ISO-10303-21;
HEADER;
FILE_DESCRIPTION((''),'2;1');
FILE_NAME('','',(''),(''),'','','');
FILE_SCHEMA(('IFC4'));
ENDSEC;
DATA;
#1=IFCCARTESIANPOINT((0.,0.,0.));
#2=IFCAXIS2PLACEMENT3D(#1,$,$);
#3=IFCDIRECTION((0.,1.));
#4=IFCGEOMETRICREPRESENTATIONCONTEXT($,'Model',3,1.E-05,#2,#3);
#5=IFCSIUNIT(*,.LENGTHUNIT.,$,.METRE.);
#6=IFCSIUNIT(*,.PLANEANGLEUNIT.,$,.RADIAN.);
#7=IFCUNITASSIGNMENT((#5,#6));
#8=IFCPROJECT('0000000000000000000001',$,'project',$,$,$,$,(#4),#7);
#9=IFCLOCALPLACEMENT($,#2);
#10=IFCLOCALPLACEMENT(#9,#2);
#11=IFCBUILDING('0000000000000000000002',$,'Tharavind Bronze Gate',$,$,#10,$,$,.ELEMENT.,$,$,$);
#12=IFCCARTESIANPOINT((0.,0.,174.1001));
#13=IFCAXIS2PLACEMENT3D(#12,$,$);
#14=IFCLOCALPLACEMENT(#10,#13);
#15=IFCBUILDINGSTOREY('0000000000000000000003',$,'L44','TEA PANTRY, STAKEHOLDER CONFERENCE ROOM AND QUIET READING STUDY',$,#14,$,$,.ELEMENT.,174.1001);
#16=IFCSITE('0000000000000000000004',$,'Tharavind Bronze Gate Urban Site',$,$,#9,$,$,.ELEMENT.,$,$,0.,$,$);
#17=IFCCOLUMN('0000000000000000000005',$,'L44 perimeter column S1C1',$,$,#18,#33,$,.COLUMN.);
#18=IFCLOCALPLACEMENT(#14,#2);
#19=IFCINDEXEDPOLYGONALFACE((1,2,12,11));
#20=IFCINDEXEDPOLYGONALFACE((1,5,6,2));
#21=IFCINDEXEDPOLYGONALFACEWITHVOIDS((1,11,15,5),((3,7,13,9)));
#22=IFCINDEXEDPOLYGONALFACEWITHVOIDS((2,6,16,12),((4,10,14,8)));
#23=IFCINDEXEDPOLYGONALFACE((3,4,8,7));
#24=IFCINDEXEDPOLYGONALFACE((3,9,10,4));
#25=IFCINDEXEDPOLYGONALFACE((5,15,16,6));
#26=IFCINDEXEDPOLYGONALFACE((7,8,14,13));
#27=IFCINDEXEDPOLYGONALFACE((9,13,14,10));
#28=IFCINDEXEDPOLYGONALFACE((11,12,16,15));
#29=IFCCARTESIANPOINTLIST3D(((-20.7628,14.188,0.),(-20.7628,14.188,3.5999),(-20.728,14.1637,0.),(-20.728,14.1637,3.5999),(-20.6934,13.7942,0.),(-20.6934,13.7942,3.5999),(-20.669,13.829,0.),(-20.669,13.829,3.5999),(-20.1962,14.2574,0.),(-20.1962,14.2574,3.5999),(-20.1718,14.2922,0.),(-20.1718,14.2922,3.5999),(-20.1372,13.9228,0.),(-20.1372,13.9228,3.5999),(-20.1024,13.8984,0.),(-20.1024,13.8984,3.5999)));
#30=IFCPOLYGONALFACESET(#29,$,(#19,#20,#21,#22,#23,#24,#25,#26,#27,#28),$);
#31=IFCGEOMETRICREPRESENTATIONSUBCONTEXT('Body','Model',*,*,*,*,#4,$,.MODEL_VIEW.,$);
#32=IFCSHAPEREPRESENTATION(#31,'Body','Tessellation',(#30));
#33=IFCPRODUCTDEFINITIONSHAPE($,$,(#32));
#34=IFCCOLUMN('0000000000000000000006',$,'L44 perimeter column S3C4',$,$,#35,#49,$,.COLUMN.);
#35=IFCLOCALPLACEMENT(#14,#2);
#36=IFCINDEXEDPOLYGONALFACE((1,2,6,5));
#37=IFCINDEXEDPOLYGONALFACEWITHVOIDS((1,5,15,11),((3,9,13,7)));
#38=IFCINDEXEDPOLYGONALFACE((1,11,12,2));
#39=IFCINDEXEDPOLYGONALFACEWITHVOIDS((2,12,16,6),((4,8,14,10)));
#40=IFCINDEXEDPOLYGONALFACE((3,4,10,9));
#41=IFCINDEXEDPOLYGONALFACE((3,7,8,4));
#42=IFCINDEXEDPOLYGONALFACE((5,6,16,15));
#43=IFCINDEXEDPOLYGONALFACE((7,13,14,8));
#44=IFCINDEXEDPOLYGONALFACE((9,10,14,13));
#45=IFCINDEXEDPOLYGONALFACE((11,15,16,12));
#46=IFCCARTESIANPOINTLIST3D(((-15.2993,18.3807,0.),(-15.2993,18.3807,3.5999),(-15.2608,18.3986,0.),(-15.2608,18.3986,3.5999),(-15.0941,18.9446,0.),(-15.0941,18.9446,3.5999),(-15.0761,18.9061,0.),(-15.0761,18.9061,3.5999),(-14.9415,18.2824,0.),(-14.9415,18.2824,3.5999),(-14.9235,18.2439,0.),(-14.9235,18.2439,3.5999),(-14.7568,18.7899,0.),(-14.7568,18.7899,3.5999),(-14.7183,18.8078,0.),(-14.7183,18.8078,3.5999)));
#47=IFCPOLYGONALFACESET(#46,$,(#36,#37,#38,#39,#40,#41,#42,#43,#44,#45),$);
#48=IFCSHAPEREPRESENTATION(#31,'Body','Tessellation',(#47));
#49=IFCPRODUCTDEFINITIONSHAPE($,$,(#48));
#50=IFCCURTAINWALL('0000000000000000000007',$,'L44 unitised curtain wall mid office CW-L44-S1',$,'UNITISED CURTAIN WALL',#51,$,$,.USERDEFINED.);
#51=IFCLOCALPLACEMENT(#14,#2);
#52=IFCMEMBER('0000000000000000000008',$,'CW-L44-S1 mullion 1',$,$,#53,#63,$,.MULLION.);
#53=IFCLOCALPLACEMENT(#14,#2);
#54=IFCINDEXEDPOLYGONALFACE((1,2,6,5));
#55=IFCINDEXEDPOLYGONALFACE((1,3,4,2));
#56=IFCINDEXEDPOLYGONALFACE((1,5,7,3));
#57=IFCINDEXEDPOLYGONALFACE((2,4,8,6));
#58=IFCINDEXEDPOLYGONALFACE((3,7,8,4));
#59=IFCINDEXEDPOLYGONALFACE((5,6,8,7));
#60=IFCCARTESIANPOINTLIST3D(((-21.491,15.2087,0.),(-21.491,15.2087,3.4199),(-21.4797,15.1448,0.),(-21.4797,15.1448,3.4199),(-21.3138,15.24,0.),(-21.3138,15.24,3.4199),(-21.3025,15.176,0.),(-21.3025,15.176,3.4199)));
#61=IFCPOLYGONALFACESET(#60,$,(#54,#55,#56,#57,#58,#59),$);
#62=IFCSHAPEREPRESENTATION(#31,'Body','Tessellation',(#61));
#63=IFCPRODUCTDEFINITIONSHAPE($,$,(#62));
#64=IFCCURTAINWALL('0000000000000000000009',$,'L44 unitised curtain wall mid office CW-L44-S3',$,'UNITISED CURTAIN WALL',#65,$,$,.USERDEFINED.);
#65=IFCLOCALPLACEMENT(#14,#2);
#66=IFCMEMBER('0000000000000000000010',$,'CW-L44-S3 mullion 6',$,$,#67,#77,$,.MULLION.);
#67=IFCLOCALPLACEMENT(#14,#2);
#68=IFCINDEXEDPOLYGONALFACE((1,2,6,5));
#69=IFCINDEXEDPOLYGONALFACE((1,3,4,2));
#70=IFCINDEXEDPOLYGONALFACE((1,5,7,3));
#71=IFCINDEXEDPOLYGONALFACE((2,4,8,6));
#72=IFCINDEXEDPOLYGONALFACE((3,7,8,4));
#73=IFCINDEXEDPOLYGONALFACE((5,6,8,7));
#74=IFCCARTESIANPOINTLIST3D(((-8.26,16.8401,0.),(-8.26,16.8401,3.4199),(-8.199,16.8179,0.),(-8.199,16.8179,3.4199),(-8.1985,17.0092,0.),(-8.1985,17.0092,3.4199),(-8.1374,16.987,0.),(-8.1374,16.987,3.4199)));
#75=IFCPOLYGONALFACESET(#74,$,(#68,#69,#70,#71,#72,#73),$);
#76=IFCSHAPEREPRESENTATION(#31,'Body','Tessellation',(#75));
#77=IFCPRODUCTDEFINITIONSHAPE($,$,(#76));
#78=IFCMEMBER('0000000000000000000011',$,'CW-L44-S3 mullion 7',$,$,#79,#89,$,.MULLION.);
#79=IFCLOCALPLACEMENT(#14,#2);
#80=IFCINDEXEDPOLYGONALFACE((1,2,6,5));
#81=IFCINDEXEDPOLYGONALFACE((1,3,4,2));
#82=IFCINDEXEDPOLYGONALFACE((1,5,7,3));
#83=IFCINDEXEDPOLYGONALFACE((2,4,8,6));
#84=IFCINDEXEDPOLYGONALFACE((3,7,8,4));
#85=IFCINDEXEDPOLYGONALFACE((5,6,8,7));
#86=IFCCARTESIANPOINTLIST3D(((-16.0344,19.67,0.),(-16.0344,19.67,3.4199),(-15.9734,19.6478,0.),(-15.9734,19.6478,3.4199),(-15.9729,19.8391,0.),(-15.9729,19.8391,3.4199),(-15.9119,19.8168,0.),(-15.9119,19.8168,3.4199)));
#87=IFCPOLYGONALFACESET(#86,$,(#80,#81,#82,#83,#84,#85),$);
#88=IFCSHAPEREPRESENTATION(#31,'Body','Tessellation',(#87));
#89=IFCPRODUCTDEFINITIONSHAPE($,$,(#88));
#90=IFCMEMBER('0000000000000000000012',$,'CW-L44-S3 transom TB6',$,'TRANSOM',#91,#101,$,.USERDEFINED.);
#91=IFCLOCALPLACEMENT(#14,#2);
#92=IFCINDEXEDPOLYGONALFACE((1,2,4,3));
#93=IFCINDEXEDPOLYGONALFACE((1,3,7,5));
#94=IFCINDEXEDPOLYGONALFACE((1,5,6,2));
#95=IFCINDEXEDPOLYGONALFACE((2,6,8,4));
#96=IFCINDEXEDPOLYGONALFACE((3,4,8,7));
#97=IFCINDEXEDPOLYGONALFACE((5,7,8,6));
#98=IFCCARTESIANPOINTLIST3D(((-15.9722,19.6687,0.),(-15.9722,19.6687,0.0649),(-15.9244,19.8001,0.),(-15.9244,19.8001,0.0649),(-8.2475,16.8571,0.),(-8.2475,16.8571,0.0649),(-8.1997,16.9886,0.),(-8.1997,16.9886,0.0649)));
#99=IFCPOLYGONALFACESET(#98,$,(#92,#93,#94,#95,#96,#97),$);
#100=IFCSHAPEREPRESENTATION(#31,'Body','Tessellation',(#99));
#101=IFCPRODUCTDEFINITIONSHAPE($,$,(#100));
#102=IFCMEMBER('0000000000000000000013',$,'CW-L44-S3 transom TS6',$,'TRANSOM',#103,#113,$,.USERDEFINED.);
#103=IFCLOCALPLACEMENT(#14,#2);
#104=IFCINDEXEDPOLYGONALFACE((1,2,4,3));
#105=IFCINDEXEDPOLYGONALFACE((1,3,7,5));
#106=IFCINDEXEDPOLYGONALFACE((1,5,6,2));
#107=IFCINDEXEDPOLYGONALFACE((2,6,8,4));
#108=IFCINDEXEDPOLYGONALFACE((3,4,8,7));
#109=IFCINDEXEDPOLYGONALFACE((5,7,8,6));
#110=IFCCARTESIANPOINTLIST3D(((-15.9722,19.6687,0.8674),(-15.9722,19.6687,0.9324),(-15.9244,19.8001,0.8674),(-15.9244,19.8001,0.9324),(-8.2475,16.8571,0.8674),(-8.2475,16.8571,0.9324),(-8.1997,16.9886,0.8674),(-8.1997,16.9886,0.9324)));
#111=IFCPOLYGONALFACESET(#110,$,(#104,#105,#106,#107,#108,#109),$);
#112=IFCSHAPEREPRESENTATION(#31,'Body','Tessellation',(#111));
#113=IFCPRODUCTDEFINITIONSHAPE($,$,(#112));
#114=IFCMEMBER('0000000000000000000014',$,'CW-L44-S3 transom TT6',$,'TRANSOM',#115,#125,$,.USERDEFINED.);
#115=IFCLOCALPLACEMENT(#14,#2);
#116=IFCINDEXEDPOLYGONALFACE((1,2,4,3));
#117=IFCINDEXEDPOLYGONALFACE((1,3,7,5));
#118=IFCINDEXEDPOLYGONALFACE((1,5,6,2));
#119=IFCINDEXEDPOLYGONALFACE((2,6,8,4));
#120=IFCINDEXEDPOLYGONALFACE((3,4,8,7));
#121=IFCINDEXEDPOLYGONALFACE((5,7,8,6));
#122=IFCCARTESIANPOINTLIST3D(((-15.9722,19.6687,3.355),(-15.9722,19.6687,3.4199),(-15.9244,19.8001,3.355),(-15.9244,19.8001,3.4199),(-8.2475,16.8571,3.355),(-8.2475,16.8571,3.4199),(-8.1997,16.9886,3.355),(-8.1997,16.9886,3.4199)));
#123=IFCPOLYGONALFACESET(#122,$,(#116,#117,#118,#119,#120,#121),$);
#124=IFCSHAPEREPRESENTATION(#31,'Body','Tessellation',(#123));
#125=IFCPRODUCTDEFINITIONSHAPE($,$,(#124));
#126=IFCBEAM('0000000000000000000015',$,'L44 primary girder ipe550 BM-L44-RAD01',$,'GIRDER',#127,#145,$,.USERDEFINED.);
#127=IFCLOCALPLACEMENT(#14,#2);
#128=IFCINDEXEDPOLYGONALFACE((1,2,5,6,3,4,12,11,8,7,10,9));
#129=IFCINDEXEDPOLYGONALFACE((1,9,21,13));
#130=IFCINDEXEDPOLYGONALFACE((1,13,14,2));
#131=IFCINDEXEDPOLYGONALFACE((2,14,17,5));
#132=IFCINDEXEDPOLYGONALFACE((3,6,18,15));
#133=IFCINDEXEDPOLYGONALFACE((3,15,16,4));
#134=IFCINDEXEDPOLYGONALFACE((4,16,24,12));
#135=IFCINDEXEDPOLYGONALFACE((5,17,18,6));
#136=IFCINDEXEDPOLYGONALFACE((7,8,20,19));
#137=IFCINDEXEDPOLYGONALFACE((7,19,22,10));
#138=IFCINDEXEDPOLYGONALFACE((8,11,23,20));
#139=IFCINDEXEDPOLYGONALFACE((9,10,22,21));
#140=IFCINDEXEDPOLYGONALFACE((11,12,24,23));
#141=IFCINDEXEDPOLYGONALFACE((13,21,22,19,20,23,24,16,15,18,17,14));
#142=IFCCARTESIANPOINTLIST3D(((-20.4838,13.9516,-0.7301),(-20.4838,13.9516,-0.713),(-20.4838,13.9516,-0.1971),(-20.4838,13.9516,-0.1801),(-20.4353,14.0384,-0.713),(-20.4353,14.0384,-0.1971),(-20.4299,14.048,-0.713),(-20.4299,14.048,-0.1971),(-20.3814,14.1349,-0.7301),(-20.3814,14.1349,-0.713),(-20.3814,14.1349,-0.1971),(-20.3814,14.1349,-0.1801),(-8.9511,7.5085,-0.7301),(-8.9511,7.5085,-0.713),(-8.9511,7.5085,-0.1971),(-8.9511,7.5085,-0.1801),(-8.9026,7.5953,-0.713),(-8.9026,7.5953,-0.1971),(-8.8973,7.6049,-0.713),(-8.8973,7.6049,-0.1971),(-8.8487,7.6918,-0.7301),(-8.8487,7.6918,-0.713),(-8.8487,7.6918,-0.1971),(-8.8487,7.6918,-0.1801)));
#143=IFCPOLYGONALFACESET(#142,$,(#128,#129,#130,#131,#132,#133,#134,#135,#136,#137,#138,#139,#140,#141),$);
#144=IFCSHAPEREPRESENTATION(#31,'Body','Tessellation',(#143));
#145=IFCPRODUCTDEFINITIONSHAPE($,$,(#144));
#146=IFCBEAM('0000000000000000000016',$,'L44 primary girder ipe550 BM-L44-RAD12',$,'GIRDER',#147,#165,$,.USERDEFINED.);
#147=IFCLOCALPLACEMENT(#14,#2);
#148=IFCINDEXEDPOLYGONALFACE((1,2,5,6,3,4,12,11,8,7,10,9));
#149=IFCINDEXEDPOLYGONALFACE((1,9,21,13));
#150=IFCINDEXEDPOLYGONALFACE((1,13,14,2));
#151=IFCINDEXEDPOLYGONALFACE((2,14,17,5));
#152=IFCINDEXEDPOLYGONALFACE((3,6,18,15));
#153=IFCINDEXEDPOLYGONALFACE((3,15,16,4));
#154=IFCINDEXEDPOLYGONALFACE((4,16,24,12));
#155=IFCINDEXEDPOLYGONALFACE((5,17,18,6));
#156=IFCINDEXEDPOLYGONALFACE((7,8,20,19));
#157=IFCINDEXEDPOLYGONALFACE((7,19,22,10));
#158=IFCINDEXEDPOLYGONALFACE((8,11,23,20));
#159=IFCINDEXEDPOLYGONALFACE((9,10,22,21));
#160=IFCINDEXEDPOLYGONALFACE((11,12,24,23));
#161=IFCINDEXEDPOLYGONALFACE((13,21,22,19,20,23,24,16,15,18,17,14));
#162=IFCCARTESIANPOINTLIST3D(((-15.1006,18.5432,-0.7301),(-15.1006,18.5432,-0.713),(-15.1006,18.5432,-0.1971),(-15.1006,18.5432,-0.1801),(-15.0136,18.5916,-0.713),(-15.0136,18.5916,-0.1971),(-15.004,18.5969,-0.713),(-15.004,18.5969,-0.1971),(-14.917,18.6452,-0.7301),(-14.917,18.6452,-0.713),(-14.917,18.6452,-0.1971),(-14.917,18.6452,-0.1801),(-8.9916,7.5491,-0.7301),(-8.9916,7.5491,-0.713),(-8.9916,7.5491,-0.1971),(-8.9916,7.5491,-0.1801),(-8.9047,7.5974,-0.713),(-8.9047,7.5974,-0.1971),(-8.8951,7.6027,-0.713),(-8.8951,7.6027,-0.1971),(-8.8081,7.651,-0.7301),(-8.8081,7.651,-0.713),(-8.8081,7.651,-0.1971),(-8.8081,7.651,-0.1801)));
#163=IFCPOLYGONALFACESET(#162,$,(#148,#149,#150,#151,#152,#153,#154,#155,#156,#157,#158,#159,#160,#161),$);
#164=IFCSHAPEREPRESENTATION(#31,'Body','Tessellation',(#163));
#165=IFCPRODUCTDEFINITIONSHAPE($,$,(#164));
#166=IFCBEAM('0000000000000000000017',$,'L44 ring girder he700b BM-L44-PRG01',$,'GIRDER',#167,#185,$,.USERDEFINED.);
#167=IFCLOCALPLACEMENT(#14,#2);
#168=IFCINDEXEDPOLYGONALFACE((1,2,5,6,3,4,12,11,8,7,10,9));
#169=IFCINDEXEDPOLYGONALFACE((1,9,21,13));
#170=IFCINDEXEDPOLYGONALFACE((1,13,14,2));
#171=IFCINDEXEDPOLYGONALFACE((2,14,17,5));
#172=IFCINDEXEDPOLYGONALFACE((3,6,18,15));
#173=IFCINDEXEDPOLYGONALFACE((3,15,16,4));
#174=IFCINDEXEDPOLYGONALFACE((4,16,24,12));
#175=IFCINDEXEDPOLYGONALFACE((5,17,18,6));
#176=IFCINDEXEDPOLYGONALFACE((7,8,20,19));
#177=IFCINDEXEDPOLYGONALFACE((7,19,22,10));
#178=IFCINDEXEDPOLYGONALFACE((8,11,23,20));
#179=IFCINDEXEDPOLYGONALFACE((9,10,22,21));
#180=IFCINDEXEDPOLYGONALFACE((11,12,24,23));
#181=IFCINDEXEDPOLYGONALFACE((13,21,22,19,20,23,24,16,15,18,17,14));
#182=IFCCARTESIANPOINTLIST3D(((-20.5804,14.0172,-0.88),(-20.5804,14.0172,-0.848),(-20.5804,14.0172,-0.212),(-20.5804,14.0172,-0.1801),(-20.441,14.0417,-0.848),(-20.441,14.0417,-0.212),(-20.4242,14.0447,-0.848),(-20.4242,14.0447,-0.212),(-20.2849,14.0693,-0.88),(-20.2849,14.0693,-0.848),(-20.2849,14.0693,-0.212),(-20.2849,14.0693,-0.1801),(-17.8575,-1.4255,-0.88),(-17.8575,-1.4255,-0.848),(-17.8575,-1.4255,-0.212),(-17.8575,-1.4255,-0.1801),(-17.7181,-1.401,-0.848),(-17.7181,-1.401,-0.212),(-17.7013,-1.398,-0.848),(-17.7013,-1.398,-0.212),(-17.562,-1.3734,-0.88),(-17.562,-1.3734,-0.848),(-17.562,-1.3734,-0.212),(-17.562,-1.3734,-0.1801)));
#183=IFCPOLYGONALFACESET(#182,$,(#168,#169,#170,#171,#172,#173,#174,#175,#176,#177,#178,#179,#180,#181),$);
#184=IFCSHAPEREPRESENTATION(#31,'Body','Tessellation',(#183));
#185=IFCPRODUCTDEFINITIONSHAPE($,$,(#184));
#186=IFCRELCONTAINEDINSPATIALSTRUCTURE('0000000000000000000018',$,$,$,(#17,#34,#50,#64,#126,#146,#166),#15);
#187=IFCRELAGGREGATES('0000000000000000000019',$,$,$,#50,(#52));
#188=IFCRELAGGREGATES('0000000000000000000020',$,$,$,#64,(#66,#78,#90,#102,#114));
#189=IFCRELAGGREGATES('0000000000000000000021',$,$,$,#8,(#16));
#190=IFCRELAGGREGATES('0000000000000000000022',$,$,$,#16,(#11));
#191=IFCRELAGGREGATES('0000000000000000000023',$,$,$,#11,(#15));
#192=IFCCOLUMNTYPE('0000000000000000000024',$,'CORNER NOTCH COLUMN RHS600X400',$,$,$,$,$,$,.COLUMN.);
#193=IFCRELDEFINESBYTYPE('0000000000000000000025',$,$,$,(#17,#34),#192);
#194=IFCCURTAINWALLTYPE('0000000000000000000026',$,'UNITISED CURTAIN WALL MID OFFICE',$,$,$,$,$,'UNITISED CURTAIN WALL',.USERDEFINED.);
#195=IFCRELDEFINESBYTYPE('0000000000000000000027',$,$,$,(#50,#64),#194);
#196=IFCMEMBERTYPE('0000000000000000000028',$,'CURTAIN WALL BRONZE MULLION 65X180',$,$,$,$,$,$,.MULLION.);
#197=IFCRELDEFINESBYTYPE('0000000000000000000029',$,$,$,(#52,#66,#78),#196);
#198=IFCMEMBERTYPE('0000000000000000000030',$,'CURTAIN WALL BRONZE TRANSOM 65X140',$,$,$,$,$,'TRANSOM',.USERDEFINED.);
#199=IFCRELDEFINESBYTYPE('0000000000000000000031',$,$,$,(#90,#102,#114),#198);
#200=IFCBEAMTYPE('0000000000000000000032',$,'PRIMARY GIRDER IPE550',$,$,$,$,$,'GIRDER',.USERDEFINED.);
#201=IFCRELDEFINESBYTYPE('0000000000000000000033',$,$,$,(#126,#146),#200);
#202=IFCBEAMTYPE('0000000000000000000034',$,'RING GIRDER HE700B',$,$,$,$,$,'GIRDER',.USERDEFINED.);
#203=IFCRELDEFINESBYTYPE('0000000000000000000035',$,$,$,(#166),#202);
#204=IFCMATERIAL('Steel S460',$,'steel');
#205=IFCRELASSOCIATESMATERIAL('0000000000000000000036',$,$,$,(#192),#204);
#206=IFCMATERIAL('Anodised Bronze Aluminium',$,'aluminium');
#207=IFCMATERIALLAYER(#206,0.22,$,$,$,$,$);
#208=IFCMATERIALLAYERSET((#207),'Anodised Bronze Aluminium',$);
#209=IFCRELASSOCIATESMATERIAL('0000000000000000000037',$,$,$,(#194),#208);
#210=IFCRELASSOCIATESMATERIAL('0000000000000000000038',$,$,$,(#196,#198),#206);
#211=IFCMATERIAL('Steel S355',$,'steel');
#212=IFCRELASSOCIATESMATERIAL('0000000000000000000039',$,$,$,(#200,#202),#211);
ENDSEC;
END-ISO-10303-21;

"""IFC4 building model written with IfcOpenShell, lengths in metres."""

from ifc_helpers import new_model, si_unit, direction, frame, origin, origin_2d, place, context, subcontext, project, spatial, rectangle, hollow_rectangle, i_section, extrude, material, layer, layer_set, material_profile, profile_set, type_object, element, aggregate, save


model = new_model("IFC4")

# Units and contexts
model_context = context("Model", 3, precision=1e-05, world=origin(), true_north=direction((0.0, 1.0)))
body_context = subcontext(model_context, "Body", "Model", "MODEL_VIEW")
ifc_project = project(units=[si_unit("LENGTHUNIT", "METRE"), si_unit("PLANEANGLEUNIT", "RADIAN")], contexts=[model_context])

# Site, building, storey
site_placement = place(None, origin())
site = spatial("IfcSite", under=ifc_project, at=site_placement, Name="Tharavind Bronze Gate Urban Site", CompositionType="ELEMENT", RefElevation=0.0)
building_placement = place(site_placement, origin())
building = spatial("IfcBuilding", under=site, at=building_placement, Name="Tharavind Bronze Gate", CompositionType="ELEMENT")
storey_placement = place(building_placement, frame((0.0, 0.0, 174.1001)))
storey = spatial("IfcBuildingStorey", under=building, at=storey_placement, Name="L44", Description="TEA PANTRY, STAKEHOLDER CONFERENCE ROOM AND QUIET READING STUDY", CompositionType="ELEMENT", Elevation=174.1001)

# Columns
ifc_material_1 = material(Name="Steel S460", Category="steel")
ifc_material_profile_1 = material_profile(ifc_material_1, hollow_rectangle(XDim=0.3999, YDim=0.6001, WallThickness=0.03, at=origin_2d()), Name="RHS600X400X30")
ifc_profile_set_1 = profile_set([ifc_material_profile_1], Name="Steel S460")
column_type = type_object("IfcColumnType", Name="CORNER NOTCH COLUMN RHS600X400", PredefinedType="COLUMN", material=ifc_profile_set_1)
for number, where, z_axis, x_axis, name in (
    (1, (-20.4326, 14.0432, 0.0), (0.0, 0.0, 1.0), (-0.173648, 0.984808, 0.0), "L44 perimeter column S1C1"),
    (2, (-15.0088, 18.5942, 0.0), (0.0, 0.0, 1.0), (-0.939692, 0.342022, 0.0), "L44 perimeter column S3C4"),
):
    element("IfcColumn", number, at=place(storey_placement, frame(where, z_axis=z_axis, x_axis=x_axis)), inside=storey, type_object=column_type, Name=name, PredefinedType="COLUMN", context=body_context, shape_type="SweptSolid", body=[
        extrude(hollow_rectangle(XDim=0.3999, YDim=0.6001, WallThickness=0.03, at=origin_2d()), origin(), (0.0, 0.0, 1.0), 3.5999),
    ])

# Curtain wall, member
ifc_material_2 = material(Name="Anodised Bronze Aluminium", Category="aluminium")
ifc_layer_1 = layer(ifc_material_2, 0.22)
ifc_layer_set_1 = layer_set([ifc_layer_1], Name="Anodised Bronze Aluminium")
curtain_wall_type = type_object("IfcCurtainWallType", Name="UNITISED CURTAIN WALL MID OFFICE", ElementType="UNITISED CURTAIN WALL", PredefinedType="USERDEFINED", material=ifc_layer_set_1)
curtain_wall_1_placement = place(storey_placement, origin())
curtain_wall_1 = element("IfcCurtainWall", 3, at=curtain_wall_1_placement, inside=storey, type_object=curtain_wall_type, Name="L44 unitised curtain wall mid office CW-L44-S1", ObjectType="UNITISED CURTAIN WALL", PredefinedType="USERDEFINED")
member_type_1 = type_object("IfcMemberType", Name="CURTAIN WALL BRONZE MULLION 65X180", PredefinedType="MULLION", material=ifc_material_2)
member_1_placement = place(storey_placement, frame((-21.3967, 15.1924, 0.0), z_axis=(0.0, 0.0, 1.0), x_axis=(0.173648, -0.984808, 0.0)))
member_1 = element("IfcMember", 4, at=member_1_placement, type_object=member_type_1, Name="CW-L44-S1 mullion 1", PredefinedType="MULLION", context=body_context, shape_type="SweptSolid", body=[
    extrude(rectangle(XDim=0.0649, YDim=0.1799, at=origin_2d()), origin(), (0.0, 0.0, 1.0), 3.4199),
])

# Curtain wall, members
curtain_wall_2_placement = place(storey_placement, origin())
curtain_wall_2 = element("IfcCurtainWall", 5, at=curtain_wall_2_placement, inside=storey, type_object=curtain_wall_type, Name="L44 unitised curtain wall mid office CW-L44-S3", ObjectType="UNITISED CURTAIN WALL", PredefinedType="USERDEFINED")
member_2_placement = place(storey_placement, frame((-8.1987, 16.9136, 0.0), z_axis=(0.0, 0.0, 1.0), x_axis=(-0.939692, 0.342022, 0.0)))
member_2 = element("IfcMember", 6, at=member_2_placement, type_object=member_type_1, Name="CW-L44-S3 mullion 6", PredefinedType="MULLION", context=body_context, shape_type="SweptSolid", body=[
    extrude(rectangle(XDim=0.0649, YDim=0.1799, at=origin_2d()), origin(), (0.0, 0.0, 1.0), 3.4199),
])
member_3_placement = place(storey_placement, frame((-15.9731, 19.7434, 0.0), z_axis=(0.0, 0.0, 1.0), x_axis=(-0.939692, 0.342022, 0.0)))
member_3 = element("IfcMember", 7, at=member_3_placement, type_object=member_type_1, Name="CW-L44-S3 mullion 7", PredefinedType="MULLION", context=body_context, shape_type="SweptSolid", body=[
    extrude(rectangle(XDim=0.0649, YDim=0.1799, at=origin_2d()), origin(), (0.0, 0.0, 1.0), 3.4199),
])
member_type_2 = type_object("IfcMemberType", Name="CURTAIN WALL BRONZE TRANSOM 65X140", ElementType="TRANSOM", PredefinedType="USERDEFINED", material=ifc_material_2)
member_4_placement = place(storey_placement, frame((-12.0859, 18.3286, 0.0), z_axis=(0.0, 0.0, 1.0), x_axis=(-0.939692, 0.342022, 0.0)))
member_4 = element("IfcMember", 8, at=member_4_placement, type_object=member_type_2, Name="CW-L44-S3 transom TB6", ObjectType="TRANSOM", PredefinedType="USERDEFINED", context=body_context, shape_type="SweptSolid", body=[
    extrude(rectangle(XDim=8.2205, YDim=0.1399, at=origin_2d()), origin(), (0.0, 0.0, 1.0), 0.0649),
])
member_5_placement = place(storey_placement, frame((-12.0859, 18.3286, 0.8674), z_axis=(0.0, 0.0, 1.0), x_axis=(-0.939692, 0.342022, 0.0)))
member_5 = element("IfcMember", 9, at=member_5_placement, type_object=member_type_2, Name="CW-L44-S3 transom TS6", ObjectType="TRANSOM", PredefinedType="USERDEFINED", context=body_context, shape_type="SweptSolid", body=[
    extrude(rectangle(XDim=8.2205, YDim=0.1399, at=origin_2d()), origin(), (0.0, 0.0, 1.0), 0.0649),
])
member_6_placement = place(storey_placement, frame((-12.0859, 18.3286, 3.355), z_axis=(0.0, 0.0, 1.0), x_axis=(-0.939692, 0.342022, 0.0)))
member_6 = element("IfcMember", 10, at=member_6_placement, type_object=member_type_2, Name="CW-L44-S3 transom TT6", ObjectType="TRANSOM", PredefinedType="USERDEFINED", context=body_context, shape_type="SweptSolid", body=[
    extrude(rectangle(XDim=8.2205, YDim=0.1399, at=origin_2d()), origin(), (0.0, 0.0, 1.0), 0.0649),
])

# Beams
ifc_material_3 = material(Name="Steel S355", Category="steel")
ifc_material_profile_2 = material_profile(ifc_material_3, i_section(OverallWidth=0.21, OverallDepth=0.55, WebThickness=0.011, FlangeThickness=0.0171, at=origin_2d()), Name="IPE550")
ifc_profile_set_2 = profile_set([ifc_material_profile_2], Name="Steel S355")
beam_type_1 = type_object("IfcBeamType", Name="PRIMARY GIRDER IPE550", ElementType="GIRDER", PredefinedType="USERDEFINED", material=ifc_profile_set_2)
beam_1_placement = place(storey_placement, frame((-20.4326, 14.0432, -0.4551), z_axis=(0.872996, -0.487727, 0.0), x_axis=(0.487727, 0.872996, 0.0)))
element("IfcBeam", 11, at=beam_1_placement, inside=storey, type_object=beam_type_1, Name="L44 primary girder ipe550 BM-L44-RAD01", ObjectType="GIRDER", PredefinedType="USERDEFINED", context=body_context, shape_type="SweptSolid", body=[
    extrude(i_section(OverallWidth=0.21, OverallDepth=0.55, WebThickness=0.011, FlangeThickness=0.0171, at=origin_2d()), origin(), (0.0, 0.0, 1.0), 13.2104),
])
beam_2_placement = place(storey_placement, frame((-15.0088, 18.5942, -0.4551), z_axis=(0.485706, -0.874122, 0.0), x_axis=(0.874122, 0.485706, 0.0)))
element("IfcBeam", 12, at=beam_2_placement, inside=storey, type_object=beam_type_1, Name="L44 primary girder ipe550 BM-L44-RAD12", ObjectType="GIRDER", PredefinedType="USERDEFINED", context=body_context, shape_type="SweptSolid", body=[
    extrude(i_section(OverallWidth=0.21, OverallDepth=0.55, WebThickness=0.011, FlangeThickness=0.0171, at=origin_2d()), origin(), (0.0, 0.0, 1.0), 12.5774),
])
ifc_material_profile_3 = material_profile(ifc_material_3, i_section(OverallWidth=0.3, OverallDepth=0.7, WebThickness=0.0171, FlangeThickness=0.032, at=origin_2d()), Name="HE700B")
ifc_profile_set_3 = profile_set([ifc_material_profile_3], Name="Steel S355")
beam_type_2 = type_object("IfcBeamType", Name="RING GIRDER HE700B", ElementType="GIRDER", PredefinedType="USERDEFINED", material=ifc_profile_set_3)
beam_3_placement = place(storey_placement, frame((-20.4326, 14.0432, -0.53), z_axis=(0.173645, -0.984808, 0.0), x_axis=(0.984808, 0.173645, 0.0)))
element("IfcBeam", 13, at=beam_3_placement, inside=storey, type_object=beam_type_2, Name="L44 ring girder he700b BM-L44-PRG01", ObjectType="GIRDER", PredefinedType="USERDEFINED", context=body_context, shape_type="SweptSolid", body=[
    extrude(i_section(OverallWidth=0.3, OverallDepth=0.7, WebThickness=0.0171, FlangeThickness=0.032, at=origin_2d()), origin(), (0.0, 0.0, 1.0), 15.6809),
])

aggregate(curtain_wall_1, [member_1])
aggregate(curtain_wall_2, [member_2, member_3, member_4, member_5, member_6])

save(model, "model.ifc")
